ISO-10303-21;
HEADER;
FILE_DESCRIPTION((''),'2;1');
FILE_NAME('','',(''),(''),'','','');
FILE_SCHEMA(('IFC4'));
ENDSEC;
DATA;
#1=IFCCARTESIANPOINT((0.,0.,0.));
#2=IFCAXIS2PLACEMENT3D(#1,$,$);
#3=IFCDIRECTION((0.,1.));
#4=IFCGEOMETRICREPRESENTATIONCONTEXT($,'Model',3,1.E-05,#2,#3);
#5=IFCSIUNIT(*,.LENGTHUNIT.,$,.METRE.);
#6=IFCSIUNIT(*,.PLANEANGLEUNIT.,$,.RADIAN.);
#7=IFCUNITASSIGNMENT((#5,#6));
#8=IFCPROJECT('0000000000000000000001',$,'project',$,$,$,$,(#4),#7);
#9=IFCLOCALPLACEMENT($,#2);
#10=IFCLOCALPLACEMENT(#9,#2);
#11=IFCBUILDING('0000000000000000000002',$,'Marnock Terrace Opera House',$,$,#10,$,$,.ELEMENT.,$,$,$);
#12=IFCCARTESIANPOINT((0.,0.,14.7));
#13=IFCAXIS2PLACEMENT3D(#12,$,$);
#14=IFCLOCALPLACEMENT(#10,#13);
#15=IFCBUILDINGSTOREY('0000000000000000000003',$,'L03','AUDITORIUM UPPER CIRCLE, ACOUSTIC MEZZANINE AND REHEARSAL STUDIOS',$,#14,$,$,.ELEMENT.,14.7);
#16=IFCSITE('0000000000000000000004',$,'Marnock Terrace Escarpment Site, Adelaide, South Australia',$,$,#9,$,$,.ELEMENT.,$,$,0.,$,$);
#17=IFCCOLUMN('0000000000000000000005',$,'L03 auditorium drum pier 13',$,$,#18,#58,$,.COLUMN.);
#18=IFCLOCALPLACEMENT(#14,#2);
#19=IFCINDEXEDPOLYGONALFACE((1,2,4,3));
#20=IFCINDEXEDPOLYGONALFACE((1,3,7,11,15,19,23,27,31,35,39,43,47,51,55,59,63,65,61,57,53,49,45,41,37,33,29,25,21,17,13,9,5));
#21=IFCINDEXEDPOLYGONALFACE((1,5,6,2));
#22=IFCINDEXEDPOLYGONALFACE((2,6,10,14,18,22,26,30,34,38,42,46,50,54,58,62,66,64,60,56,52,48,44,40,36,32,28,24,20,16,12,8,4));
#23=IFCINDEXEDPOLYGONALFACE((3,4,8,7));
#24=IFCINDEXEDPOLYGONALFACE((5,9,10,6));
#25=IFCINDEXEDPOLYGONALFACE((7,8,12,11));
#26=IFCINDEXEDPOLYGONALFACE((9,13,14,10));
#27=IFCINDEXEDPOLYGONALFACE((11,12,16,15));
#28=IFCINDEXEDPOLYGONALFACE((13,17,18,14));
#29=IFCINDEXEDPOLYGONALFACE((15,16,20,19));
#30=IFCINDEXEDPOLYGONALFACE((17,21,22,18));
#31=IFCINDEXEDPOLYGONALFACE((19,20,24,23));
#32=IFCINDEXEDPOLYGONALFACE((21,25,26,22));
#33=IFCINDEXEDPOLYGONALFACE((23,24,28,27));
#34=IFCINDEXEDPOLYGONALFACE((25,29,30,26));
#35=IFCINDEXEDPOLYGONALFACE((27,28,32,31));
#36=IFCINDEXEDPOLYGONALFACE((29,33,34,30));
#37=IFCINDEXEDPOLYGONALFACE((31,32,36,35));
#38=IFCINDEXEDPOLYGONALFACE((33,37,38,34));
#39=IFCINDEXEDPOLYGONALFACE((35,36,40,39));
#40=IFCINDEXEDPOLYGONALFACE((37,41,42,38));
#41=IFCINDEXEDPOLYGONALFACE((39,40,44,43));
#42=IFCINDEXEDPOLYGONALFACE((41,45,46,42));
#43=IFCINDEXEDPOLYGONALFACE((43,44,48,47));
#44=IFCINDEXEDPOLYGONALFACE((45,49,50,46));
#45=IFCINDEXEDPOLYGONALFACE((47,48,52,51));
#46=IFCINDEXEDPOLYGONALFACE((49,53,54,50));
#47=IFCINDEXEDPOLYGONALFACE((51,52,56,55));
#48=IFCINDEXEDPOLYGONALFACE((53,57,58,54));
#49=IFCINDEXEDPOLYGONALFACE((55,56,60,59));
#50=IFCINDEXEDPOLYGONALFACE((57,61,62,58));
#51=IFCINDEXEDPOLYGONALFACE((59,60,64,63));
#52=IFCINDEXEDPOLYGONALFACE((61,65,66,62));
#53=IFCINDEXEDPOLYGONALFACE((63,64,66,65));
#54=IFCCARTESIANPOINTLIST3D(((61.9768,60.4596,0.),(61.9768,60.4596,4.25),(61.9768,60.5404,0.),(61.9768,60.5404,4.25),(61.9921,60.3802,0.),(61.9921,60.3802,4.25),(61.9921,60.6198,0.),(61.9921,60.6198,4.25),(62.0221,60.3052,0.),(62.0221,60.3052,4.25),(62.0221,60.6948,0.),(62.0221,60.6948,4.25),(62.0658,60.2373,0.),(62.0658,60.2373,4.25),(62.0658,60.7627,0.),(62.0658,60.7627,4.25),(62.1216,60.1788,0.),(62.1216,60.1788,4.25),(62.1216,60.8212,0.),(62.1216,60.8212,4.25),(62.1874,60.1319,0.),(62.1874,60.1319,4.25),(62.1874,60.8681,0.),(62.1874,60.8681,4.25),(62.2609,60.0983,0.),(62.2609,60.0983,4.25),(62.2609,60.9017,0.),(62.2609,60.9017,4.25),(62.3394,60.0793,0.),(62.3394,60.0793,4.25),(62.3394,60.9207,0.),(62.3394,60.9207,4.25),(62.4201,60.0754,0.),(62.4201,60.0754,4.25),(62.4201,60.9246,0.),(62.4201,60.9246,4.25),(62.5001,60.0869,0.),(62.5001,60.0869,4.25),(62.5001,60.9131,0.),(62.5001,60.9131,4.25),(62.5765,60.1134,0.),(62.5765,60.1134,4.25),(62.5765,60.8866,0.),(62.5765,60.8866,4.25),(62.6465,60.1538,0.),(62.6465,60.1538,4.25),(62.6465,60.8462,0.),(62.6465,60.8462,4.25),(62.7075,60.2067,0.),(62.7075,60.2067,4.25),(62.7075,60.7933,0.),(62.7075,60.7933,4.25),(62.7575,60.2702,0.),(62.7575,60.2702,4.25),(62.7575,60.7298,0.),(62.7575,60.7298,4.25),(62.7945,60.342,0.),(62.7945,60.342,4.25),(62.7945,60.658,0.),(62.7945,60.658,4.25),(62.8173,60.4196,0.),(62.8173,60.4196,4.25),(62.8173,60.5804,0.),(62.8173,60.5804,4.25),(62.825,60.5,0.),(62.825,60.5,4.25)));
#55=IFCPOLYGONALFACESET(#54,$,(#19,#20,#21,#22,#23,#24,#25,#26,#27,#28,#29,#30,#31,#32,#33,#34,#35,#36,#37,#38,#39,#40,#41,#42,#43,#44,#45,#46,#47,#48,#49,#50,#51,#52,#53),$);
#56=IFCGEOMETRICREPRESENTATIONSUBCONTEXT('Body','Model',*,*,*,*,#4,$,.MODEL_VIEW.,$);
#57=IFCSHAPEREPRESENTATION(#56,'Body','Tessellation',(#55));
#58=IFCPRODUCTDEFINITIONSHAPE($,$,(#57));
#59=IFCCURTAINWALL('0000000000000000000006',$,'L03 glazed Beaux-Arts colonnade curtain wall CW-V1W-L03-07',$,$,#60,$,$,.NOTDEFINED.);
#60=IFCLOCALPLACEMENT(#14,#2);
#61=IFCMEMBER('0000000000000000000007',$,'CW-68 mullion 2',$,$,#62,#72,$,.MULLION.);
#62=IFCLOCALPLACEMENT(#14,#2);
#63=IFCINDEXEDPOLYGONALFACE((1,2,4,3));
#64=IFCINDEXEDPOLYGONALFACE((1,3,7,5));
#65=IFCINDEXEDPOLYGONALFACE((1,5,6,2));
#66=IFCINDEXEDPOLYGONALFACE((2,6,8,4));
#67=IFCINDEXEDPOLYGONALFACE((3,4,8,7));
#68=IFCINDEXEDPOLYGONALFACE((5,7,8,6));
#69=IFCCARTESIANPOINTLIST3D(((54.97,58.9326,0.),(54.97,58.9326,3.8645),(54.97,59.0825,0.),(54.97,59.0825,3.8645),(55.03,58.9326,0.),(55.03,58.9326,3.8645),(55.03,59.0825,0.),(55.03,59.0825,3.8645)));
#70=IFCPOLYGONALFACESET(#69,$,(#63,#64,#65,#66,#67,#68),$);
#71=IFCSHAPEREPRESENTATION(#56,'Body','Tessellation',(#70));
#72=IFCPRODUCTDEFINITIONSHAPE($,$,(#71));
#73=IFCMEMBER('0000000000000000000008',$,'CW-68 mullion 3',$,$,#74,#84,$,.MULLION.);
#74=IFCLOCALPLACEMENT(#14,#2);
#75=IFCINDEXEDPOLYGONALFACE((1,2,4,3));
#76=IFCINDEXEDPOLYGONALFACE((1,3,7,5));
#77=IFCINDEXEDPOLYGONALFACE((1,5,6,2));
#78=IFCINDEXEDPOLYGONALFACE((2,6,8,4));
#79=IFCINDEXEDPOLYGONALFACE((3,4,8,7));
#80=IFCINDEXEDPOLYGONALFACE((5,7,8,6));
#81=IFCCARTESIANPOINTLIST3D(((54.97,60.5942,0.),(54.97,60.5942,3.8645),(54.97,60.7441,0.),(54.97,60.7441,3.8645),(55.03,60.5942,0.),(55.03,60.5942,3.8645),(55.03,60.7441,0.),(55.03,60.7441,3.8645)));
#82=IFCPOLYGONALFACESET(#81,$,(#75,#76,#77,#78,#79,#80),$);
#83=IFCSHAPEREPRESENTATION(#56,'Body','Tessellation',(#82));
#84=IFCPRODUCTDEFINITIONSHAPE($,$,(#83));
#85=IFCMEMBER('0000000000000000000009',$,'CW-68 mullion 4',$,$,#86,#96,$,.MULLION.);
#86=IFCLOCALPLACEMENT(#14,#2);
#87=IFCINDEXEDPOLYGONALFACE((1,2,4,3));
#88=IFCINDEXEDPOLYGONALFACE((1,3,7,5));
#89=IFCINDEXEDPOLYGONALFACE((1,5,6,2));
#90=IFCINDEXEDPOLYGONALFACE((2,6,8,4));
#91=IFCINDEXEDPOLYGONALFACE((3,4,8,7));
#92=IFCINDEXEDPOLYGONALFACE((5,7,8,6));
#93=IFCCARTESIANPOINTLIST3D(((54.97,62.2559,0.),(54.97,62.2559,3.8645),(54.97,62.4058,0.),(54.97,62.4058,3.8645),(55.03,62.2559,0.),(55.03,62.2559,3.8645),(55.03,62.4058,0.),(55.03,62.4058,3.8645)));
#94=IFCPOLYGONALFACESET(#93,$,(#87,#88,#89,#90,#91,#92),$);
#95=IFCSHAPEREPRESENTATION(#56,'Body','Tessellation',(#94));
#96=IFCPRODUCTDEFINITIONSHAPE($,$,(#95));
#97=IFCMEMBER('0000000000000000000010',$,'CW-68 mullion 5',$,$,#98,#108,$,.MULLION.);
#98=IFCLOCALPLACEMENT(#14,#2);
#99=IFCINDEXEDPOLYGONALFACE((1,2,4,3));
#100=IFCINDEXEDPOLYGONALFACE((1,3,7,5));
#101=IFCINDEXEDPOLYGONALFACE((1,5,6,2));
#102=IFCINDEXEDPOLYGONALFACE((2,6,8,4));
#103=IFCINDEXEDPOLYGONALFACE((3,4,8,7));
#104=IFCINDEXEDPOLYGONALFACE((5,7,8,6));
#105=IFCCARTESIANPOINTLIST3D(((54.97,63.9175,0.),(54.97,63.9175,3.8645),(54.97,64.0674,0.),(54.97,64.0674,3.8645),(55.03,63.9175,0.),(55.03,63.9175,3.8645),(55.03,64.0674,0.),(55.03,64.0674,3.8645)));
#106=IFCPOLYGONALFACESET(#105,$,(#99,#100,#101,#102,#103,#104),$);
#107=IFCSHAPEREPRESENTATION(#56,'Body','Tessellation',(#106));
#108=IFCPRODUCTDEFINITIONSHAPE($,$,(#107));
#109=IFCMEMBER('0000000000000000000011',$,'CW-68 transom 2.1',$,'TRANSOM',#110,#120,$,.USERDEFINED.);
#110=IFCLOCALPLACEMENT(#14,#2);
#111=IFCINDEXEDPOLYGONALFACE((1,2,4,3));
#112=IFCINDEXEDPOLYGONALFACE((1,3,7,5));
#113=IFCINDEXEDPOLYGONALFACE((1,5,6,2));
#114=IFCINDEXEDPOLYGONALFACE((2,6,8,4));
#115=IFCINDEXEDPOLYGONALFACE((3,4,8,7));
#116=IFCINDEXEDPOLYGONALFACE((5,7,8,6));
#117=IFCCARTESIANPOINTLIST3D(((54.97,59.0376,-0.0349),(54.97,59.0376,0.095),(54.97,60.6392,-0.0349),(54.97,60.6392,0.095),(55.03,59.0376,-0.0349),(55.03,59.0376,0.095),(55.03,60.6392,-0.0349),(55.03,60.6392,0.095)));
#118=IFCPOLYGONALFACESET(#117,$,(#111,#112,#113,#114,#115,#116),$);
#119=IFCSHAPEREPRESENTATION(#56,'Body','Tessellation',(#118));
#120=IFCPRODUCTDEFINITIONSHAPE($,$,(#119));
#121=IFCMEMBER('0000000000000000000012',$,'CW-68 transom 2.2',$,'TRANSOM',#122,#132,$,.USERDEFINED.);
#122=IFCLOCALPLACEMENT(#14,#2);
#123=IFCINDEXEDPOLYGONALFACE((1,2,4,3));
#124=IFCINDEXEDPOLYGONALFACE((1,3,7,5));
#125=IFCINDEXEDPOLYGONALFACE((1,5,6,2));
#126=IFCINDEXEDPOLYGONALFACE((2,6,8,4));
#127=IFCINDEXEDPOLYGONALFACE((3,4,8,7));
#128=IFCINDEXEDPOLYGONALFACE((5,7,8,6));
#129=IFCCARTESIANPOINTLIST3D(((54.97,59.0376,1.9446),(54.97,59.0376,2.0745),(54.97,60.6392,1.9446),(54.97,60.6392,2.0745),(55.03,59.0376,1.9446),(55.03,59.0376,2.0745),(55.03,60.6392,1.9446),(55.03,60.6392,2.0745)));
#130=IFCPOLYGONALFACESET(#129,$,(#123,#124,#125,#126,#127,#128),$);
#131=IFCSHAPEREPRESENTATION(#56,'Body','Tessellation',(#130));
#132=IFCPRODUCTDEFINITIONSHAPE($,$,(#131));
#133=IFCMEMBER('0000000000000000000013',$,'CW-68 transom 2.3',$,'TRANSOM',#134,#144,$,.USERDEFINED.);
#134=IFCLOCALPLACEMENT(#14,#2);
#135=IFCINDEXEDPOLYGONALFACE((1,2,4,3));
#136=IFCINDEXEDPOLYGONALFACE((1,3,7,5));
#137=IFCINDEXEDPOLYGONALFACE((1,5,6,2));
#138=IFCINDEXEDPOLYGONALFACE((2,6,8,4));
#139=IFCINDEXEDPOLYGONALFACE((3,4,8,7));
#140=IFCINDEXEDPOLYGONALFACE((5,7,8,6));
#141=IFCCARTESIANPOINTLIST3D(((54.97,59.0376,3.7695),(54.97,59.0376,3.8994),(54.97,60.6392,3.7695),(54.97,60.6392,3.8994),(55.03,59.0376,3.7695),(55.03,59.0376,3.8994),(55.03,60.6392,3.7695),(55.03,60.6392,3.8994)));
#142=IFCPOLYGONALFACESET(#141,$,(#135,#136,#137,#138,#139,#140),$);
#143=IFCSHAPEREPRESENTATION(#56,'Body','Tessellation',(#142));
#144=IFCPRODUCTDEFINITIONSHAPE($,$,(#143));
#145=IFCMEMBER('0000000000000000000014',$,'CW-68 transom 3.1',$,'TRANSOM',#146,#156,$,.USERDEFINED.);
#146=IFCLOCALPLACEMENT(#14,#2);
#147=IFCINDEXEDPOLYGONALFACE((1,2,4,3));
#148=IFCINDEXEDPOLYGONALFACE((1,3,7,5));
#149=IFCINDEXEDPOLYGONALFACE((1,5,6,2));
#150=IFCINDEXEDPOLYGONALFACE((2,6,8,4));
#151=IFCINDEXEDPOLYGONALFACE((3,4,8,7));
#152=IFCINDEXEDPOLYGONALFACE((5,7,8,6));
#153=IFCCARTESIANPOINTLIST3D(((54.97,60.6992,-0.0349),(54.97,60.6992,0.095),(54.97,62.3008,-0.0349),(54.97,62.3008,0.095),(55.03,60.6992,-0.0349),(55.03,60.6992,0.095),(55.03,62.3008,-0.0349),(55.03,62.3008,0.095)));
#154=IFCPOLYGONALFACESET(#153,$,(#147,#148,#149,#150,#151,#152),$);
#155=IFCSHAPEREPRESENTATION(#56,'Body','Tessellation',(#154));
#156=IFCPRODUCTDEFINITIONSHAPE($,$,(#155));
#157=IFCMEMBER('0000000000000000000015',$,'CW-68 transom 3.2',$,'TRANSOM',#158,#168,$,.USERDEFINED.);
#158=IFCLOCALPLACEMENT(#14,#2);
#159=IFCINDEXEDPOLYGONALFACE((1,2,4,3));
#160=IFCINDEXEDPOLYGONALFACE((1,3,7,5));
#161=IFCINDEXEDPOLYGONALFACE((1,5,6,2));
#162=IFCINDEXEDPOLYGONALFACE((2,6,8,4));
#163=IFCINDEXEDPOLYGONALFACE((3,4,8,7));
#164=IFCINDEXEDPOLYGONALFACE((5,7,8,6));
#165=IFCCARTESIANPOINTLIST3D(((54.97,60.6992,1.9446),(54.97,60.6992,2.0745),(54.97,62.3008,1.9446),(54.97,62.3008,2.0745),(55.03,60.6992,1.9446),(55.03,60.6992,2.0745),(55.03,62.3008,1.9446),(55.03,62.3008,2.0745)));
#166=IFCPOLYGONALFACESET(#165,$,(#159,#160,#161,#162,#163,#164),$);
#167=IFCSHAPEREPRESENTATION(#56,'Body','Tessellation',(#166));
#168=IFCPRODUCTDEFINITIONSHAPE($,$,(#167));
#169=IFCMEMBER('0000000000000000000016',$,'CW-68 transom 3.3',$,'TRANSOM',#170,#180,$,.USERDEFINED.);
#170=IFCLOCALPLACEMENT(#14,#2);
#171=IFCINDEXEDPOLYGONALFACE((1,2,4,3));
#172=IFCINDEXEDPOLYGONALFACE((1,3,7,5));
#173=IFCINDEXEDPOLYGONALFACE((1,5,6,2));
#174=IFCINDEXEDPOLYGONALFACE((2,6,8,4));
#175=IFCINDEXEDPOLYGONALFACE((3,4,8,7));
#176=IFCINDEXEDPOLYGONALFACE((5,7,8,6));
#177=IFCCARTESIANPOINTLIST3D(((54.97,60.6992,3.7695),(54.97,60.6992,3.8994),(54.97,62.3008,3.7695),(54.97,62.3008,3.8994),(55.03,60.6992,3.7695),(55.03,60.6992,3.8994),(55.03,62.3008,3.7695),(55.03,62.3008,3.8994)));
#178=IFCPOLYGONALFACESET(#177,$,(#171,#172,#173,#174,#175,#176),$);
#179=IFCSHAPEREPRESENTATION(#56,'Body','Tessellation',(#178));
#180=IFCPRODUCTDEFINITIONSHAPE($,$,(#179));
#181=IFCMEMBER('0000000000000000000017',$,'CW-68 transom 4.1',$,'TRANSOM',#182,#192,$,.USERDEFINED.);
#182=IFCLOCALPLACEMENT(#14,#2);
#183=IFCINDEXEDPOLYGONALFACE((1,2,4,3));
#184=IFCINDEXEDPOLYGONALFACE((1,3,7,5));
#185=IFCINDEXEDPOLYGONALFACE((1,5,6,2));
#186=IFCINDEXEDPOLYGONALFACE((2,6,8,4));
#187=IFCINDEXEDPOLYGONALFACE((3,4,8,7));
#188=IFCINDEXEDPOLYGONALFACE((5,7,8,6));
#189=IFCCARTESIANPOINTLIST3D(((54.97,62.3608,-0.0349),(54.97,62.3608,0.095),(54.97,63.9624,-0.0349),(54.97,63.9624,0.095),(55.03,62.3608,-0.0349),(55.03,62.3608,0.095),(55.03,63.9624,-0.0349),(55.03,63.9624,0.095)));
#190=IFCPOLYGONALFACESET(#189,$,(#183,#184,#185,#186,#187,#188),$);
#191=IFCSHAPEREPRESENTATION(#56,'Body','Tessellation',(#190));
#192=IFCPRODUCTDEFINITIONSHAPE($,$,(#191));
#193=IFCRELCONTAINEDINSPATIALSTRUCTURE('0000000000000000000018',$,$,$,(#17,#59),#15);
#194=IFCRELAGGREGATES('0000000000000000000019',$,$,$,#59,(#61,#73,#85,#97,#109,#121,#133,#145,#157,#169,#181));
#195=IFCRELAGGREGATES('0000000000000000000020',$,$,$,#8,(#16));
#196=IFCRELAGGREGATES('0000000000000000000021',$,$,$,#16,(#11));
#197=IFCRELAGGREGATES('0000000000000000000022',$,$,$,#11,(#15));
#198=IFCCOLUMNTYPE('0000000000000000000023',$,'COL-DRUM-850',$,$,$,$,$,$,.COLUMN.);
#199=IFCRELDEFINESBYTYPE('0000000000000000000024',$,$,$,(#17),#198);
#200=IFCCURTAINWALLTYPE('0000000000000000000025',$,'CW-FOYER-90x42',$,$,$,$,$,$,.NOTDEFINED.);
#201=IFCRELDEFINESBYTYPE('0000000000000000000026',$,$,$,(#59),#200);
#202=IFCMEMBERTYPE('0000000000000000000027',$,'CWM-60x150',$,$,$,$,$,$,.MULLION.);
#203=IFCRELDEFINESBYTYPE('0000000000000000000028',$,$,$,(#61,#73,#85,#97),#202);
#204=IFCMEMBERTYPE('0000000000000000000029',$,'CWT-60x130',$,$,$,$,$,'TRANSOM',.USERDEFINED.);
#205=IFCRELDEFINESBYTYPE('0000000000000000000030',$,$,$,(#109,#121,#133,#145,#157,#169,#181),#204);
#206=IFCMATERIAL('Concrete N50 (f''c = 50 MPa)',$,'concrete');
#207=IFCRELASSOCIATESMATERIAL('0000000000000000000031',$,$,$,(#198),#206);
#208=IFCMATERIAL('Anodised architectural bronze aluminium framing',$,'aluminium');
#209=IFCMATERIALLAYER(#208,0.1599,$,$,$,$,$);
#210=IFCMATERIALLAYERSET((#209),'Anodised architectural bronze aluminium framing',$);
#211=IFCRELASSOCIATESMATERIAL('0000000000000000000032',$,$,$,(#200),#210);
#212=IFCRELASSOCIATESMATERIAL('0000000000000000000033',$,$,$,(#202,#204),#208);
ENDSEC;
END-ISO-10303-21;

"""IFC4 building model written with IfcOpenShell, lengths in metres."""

from ifc_helpers import new_model, si_unit, direction, frame, origin, origin_2d, place, context, subcontext, project, spatial, rectangle, circle, extrude, material, layer, layer_set, material_profile, profile_set, type_object, element, aggregate, save


model = new_model("IFC4")

# Units and contexts
model_context = context("Model", 3, precision=1e-05, world=origin(), true_north=direction((0.0, 1.0)))
body_context = subcontext(model_context, "Body", "Model", "MODEL_VIEW")
ifc_project = project(units=[si_unit("LENGTHUNIT", "METRE"), si_unit("PLANEANGLEUNIT", "RADIAN")], contexts=[model_context])

# Site, building, storey
site_placement = place(None, origin())
site = spatial("IfcSite", under=ifc_project, at=site_placement, Name="Marnock Terrace Escarpment Site, Adelaide, South Australia", CompositionType="ELEMENT", RefElevation=0.0)
building_placement = place(site_placement, origin())
building = spatial("IfcBuilding", under=site, at=building_placement, Name="Marnock Terrace Opera House", CompositionType="ELEMENT")
storey_placement = place(building_placement, frame((0.0, 0.0, 14.7)))
storey = spatial("IfcBuildingStorey", under=building, at=storey_placement, Name="L03", Description="AUDITORIUM UPPER CIRCLE, ACOUSTIC MEZZANINE AND REHEARSAL STUDIOS", CompositionType="ELEMENT", Elevation=14.7)

# Column
ifc_material_1 = material(Name="Concrete N50 (f'c = 50 MPa)", Category="concrete")
ifc_material_profile_1 = material_profile(ifc_material_1, circle(Radius=0.425, at=origin_2d()))
ifc_profile_set_1 = profile_set([ifc_material_profile_1], Name="Concrete N50 (f'c = 50 MPa)")
column_type = type_object("IfcColumnType", Name="COL-DRUM-850", PredefinedType="COLUMN", material=ifc_profile_set_1)
column_placement = place(storey_placement, frame((62.3999, 60.5, 0.0), z_axis=(0.0, 0.0, 1.0), x_axis=(1.0, 0.0, 0.0)))
element("IfcColumn", 1, at=column_placement, inside=storey, type_object=column_type, Name="L03 auditorium drum pier 13", PredefinedType="COLUMN", context=body_context, shape_type="SweptSolid", body=[
    extrude(circle(Radius=0.425, at=origin_2d()), origin(), (0.0, 0.0, 1.0), 4.25),
])

# Curtain wall, members
ifc_material_2 = material(Name="Anodised architectural bronze aluminium framing", Category="aluminium")
ifc_layer_1 = layer(ifc_material_2, 0.1599)
ifc_layer_set_1 = layer_set([ifc_layer_1], Name="Anodised architectural bronze aluminium framing")
curtain_wall_type = type_object("IfcCurtainWallType", Name="CW-FOYER-90x42", PredefinedType="NOTDEFINED", material=ifc_layer_set_1)
curtain_wall_placement = place(storey_placement, origin())
curtain_wall = element("IfcCurtainWall", 2, at=curtain_wall_placement, inside=storey, type_object=curtain_wall_type, Name="L03 glazed Beaux-Arts colonnade curtain wall CW-V1W-L03-07", PredefinedType="NOTDEFINED")
ifc_material_profile_2 = material_profile(ifc_material_2, rectangle(XDim=0.0601, YDim=0.1499, at=origin_2d()))
ifc_profile_set_2 = profile_set([ifc_material_profile_2], Name="Anodised architectural bronze aluminium framing")
member_type_1 = type_object("IfcMemberType", Name="CWM-60x150", PredefinedType="MULLION", material=ifc_profile_set_2)
member_1_placement = place(storey_placement, frame((55.0, 59.0076, 0.0), z_axis=(0.0, 0.0, 1.0), x_axis=(-1.0, 0.0, 0.0)))
member_1 = element("IfcMember", 3, at=member_1_placement, type_object=member_type_1, Name="CW-68 mullion 2", PredefinedType="MULLION", context=body_context, shape_type="SweptSolid", body=[
    extrude(rectangle(XDim=0.0601, YDim=0.1499, at=origin_2d()), origin(), (0.0, 0.0, 1.0), 3.8645),
])
member_2_placement = place(storey_placement, frame((55.0, 60.6692, 0.0), z_axis=(0.0, 0.0, 1.0), x_axis=(-1.0, 0.0, 0.0)))
member_2 = element("IfcMember", 4, at=member_2_placement, type_object=member_type_1, Name="CW-68 mullion 3", PredefinedType="MULLION", context=body_context, shape_type="SweptSolid", body=[
    extrude(rectangle(XDim=0.0601, YDim=0.1499, at=origin_2d()), origin(), (0.0, 0.0, 1.0), 3.8645),
])
member_3_placement = place(storey_placement, frame((55.0, 62.3308, 0.0), z_axis=(0.0, 0.0, 1.0), x_axis=(-1.0, 0.0, 0.0)))
member_3 = element("IfcMember", 5, at=member_3_placement, type_object=member_type_1, Name="CW-68 mullion 4", PredefinedType="MULLION", context=body_context, shape_type="SweptSolid", body=[
    extrude(rectangle(XDim=0.0601, YDim=0.1499, at=origin_2d()), origin(), (0.0, 0.0, 1.0), 3.8645),
])
member_4_placement = place(storey_placement, frame((55.0, 63.9924, 0.0), z_axis=(0.0, 0.0, 1.0), x_axis=(-1.0, 0.0, 0.0)))
member_4 = element("IfcMember", 6, at=member_4_placement, type_object=member_type_1, Name="CW-68 mullion 5", PredefinedType="MULLION", context=body_context, shape_type="SweptSolid", body=[
    extrude(rectangle(XDim=0.0601, YDim=0.1499, at=origin_2d()), origin(), (0.0, 0.0, 1.0), 3.8645),
])
ifc_material_profile_3 = material_profile(ifc_material_2, rectangle(XDim=0.0601, YDim=0.1299, at=origin_2d()))
ifc_profile_set_3 = profile_set([ifc_material_profile_3], Name="Anodised architectural bronze aluminium framing")
member_type_2 = type_object("IfcMemberType", Name="CWT-60x130", ElementType="TRANSOM", PredefinedType="USERDEFINED", material=ifc_profile_set_3)
member_5_placement = place(storey_placement, frame((55.0, 59.0376, 0.03), z_axis=(0.0, 1.0, 0.0), x_axis=(-1.0, 0.0, 0.0)))
member_5 = element("IfcMember", 7, at=member_5_placement, type_object=member_type_2, Name="CW-68 transom 2.1", ObjectType="TRANSOM", PredefinedType="USERDEFINED", context=body_context, shape_type="SweptSolid", body=[
    extrude(rectangle(XDim=0.0601, YDim=0.1299, at=origin_2d()), origin(), (0.0, 0.0, 1.0), 1.6016),
])
member_6_placement = place(storey_placement, frame((55.0, 59.0376, 2.0095), z_axis=(0.0, 1.0, 0.0), x_axis=(-1.0, 0.0, 0.0)))
member_6 = element("IfcMember", 8, at=member_6_placement, type_object=member_type_2, Name="CW-68 transom 2.2", ObjectType="TRANSOM", PredefinedType="USERDEFINED", context=body_context, shape_type="SweptSolid", body=[
    extrude(rectangle(XDim=0.0601, YDim=0.1299, at=origin_2d()), origin(), (0.0, 0.0, 1.0), 1.6016),
])
member_7_placement = place(storey_placement, frame((55.0, 59.0376, 3.8345), z_axis=(0.0, 1.0, 0.0), x_axis=(-1.0, 0.0, 0.0)))
member_7 = element("IfcMember", 9, at=member_7_placement, type_object=member_type_2, Name="CW-68 transom 2.3", ObjectType="TRANSOM", PredefinedType="USERDEFINED", context=body_context, shape_type="SweptSolid", body=[
    extrude(rectangle(XDim=0.0601, YDim=0.1299, at=origin_2d()), origin(), (0.0, 0.0, 1.0), 1.6016),
])
member_8_placement = place(storey_placement, frame((55.0, 60.6992, 0.03), z_axis=(0.0, 1.0, 0.0), x_axis=(-1.0, 0.0, 0.0)))
member_8 = element("IfcMember", 10, at=member_8_placement, type_object=member_type_2, Name="CW-68 transom 3.1", ObjectType="TRANSOM", PredefinedType="USERDEFINED", context=body_context, shape_type="SweptSolid", body=[
    extrude(rectangle(XDim=0.0601, YDim=0.1299, at=origin_2d()), origin(), (0.0, 0.0, 1.0), 1.6016),
])
member_9_placement = place(storey_placement, frame((55.0, 60.6992, 2.0095), z_axis=(0.0, 1.0, 0.0), x_axis=(-1.0, 0.0, 0.0)))
member_9 = element("IfcMember", 11, at=member_9_placement, type_object=member_type_2, Name="CW-68 transom 3.2", ObjectType="TRANSOM", PredefinedType="USERDEFINED", context=body_context, shape_type="SweptSolid", body=[
    extrude(rectangle(XDim=0.0601, YDim=0.1299, at=origin_2d()), origin(), (0.0, 0.0, 1.0), 1.6016),
])
member_10_placement = place(storey_placement, frame((55.0, 60.6992, 3.8345), z_axis=(0.0, 1.0, 0.0), x_axis=(-1.0, 0.0, 0.0)))
member_10 = element("IfcMember", 12, at=member_10_placement, type_object=member_type_2, Name="CW-68 transom 3.3", ObjectType="TRANSOM", PredefinedType="USERDEFINED", context=body_context, shape_type="SweptSolid", body=[
    extrude(rectangle(XDim=0.0601, YDim=0.1299, at=origin_2d()), origin(), (0.0, 0.0, 1.0), 1.6016),
])
member_11_placement = place(storey_placement, frame((55.0, 62.3608, 0.03), z_axis=(0.0, 1.0, 0.0), x_axis=(-1.0, 0.0, 0.0)))
member_11 = element("IfcMember", 13, at=member_11_placement, type_object=member_type_2, Name="CW-68 transom 4.1", ObjectType="TRANSOM", PredefinedType="USERDEFINED", context=body_context, shape_type="SweptSolid", body=[
    extrude(rectangle(XDim=0.0601, YDim=0.1299, at=origin_2d()), origin(), (0.0, 0.0, 1.0), 1.6016),
])
aggregate(curtain_wall, [member_1, member_2, member_3, member_4, member_5, member_6, member_7, member_8, member_9, member_10, member_11])

save(model, "model.ifc")
